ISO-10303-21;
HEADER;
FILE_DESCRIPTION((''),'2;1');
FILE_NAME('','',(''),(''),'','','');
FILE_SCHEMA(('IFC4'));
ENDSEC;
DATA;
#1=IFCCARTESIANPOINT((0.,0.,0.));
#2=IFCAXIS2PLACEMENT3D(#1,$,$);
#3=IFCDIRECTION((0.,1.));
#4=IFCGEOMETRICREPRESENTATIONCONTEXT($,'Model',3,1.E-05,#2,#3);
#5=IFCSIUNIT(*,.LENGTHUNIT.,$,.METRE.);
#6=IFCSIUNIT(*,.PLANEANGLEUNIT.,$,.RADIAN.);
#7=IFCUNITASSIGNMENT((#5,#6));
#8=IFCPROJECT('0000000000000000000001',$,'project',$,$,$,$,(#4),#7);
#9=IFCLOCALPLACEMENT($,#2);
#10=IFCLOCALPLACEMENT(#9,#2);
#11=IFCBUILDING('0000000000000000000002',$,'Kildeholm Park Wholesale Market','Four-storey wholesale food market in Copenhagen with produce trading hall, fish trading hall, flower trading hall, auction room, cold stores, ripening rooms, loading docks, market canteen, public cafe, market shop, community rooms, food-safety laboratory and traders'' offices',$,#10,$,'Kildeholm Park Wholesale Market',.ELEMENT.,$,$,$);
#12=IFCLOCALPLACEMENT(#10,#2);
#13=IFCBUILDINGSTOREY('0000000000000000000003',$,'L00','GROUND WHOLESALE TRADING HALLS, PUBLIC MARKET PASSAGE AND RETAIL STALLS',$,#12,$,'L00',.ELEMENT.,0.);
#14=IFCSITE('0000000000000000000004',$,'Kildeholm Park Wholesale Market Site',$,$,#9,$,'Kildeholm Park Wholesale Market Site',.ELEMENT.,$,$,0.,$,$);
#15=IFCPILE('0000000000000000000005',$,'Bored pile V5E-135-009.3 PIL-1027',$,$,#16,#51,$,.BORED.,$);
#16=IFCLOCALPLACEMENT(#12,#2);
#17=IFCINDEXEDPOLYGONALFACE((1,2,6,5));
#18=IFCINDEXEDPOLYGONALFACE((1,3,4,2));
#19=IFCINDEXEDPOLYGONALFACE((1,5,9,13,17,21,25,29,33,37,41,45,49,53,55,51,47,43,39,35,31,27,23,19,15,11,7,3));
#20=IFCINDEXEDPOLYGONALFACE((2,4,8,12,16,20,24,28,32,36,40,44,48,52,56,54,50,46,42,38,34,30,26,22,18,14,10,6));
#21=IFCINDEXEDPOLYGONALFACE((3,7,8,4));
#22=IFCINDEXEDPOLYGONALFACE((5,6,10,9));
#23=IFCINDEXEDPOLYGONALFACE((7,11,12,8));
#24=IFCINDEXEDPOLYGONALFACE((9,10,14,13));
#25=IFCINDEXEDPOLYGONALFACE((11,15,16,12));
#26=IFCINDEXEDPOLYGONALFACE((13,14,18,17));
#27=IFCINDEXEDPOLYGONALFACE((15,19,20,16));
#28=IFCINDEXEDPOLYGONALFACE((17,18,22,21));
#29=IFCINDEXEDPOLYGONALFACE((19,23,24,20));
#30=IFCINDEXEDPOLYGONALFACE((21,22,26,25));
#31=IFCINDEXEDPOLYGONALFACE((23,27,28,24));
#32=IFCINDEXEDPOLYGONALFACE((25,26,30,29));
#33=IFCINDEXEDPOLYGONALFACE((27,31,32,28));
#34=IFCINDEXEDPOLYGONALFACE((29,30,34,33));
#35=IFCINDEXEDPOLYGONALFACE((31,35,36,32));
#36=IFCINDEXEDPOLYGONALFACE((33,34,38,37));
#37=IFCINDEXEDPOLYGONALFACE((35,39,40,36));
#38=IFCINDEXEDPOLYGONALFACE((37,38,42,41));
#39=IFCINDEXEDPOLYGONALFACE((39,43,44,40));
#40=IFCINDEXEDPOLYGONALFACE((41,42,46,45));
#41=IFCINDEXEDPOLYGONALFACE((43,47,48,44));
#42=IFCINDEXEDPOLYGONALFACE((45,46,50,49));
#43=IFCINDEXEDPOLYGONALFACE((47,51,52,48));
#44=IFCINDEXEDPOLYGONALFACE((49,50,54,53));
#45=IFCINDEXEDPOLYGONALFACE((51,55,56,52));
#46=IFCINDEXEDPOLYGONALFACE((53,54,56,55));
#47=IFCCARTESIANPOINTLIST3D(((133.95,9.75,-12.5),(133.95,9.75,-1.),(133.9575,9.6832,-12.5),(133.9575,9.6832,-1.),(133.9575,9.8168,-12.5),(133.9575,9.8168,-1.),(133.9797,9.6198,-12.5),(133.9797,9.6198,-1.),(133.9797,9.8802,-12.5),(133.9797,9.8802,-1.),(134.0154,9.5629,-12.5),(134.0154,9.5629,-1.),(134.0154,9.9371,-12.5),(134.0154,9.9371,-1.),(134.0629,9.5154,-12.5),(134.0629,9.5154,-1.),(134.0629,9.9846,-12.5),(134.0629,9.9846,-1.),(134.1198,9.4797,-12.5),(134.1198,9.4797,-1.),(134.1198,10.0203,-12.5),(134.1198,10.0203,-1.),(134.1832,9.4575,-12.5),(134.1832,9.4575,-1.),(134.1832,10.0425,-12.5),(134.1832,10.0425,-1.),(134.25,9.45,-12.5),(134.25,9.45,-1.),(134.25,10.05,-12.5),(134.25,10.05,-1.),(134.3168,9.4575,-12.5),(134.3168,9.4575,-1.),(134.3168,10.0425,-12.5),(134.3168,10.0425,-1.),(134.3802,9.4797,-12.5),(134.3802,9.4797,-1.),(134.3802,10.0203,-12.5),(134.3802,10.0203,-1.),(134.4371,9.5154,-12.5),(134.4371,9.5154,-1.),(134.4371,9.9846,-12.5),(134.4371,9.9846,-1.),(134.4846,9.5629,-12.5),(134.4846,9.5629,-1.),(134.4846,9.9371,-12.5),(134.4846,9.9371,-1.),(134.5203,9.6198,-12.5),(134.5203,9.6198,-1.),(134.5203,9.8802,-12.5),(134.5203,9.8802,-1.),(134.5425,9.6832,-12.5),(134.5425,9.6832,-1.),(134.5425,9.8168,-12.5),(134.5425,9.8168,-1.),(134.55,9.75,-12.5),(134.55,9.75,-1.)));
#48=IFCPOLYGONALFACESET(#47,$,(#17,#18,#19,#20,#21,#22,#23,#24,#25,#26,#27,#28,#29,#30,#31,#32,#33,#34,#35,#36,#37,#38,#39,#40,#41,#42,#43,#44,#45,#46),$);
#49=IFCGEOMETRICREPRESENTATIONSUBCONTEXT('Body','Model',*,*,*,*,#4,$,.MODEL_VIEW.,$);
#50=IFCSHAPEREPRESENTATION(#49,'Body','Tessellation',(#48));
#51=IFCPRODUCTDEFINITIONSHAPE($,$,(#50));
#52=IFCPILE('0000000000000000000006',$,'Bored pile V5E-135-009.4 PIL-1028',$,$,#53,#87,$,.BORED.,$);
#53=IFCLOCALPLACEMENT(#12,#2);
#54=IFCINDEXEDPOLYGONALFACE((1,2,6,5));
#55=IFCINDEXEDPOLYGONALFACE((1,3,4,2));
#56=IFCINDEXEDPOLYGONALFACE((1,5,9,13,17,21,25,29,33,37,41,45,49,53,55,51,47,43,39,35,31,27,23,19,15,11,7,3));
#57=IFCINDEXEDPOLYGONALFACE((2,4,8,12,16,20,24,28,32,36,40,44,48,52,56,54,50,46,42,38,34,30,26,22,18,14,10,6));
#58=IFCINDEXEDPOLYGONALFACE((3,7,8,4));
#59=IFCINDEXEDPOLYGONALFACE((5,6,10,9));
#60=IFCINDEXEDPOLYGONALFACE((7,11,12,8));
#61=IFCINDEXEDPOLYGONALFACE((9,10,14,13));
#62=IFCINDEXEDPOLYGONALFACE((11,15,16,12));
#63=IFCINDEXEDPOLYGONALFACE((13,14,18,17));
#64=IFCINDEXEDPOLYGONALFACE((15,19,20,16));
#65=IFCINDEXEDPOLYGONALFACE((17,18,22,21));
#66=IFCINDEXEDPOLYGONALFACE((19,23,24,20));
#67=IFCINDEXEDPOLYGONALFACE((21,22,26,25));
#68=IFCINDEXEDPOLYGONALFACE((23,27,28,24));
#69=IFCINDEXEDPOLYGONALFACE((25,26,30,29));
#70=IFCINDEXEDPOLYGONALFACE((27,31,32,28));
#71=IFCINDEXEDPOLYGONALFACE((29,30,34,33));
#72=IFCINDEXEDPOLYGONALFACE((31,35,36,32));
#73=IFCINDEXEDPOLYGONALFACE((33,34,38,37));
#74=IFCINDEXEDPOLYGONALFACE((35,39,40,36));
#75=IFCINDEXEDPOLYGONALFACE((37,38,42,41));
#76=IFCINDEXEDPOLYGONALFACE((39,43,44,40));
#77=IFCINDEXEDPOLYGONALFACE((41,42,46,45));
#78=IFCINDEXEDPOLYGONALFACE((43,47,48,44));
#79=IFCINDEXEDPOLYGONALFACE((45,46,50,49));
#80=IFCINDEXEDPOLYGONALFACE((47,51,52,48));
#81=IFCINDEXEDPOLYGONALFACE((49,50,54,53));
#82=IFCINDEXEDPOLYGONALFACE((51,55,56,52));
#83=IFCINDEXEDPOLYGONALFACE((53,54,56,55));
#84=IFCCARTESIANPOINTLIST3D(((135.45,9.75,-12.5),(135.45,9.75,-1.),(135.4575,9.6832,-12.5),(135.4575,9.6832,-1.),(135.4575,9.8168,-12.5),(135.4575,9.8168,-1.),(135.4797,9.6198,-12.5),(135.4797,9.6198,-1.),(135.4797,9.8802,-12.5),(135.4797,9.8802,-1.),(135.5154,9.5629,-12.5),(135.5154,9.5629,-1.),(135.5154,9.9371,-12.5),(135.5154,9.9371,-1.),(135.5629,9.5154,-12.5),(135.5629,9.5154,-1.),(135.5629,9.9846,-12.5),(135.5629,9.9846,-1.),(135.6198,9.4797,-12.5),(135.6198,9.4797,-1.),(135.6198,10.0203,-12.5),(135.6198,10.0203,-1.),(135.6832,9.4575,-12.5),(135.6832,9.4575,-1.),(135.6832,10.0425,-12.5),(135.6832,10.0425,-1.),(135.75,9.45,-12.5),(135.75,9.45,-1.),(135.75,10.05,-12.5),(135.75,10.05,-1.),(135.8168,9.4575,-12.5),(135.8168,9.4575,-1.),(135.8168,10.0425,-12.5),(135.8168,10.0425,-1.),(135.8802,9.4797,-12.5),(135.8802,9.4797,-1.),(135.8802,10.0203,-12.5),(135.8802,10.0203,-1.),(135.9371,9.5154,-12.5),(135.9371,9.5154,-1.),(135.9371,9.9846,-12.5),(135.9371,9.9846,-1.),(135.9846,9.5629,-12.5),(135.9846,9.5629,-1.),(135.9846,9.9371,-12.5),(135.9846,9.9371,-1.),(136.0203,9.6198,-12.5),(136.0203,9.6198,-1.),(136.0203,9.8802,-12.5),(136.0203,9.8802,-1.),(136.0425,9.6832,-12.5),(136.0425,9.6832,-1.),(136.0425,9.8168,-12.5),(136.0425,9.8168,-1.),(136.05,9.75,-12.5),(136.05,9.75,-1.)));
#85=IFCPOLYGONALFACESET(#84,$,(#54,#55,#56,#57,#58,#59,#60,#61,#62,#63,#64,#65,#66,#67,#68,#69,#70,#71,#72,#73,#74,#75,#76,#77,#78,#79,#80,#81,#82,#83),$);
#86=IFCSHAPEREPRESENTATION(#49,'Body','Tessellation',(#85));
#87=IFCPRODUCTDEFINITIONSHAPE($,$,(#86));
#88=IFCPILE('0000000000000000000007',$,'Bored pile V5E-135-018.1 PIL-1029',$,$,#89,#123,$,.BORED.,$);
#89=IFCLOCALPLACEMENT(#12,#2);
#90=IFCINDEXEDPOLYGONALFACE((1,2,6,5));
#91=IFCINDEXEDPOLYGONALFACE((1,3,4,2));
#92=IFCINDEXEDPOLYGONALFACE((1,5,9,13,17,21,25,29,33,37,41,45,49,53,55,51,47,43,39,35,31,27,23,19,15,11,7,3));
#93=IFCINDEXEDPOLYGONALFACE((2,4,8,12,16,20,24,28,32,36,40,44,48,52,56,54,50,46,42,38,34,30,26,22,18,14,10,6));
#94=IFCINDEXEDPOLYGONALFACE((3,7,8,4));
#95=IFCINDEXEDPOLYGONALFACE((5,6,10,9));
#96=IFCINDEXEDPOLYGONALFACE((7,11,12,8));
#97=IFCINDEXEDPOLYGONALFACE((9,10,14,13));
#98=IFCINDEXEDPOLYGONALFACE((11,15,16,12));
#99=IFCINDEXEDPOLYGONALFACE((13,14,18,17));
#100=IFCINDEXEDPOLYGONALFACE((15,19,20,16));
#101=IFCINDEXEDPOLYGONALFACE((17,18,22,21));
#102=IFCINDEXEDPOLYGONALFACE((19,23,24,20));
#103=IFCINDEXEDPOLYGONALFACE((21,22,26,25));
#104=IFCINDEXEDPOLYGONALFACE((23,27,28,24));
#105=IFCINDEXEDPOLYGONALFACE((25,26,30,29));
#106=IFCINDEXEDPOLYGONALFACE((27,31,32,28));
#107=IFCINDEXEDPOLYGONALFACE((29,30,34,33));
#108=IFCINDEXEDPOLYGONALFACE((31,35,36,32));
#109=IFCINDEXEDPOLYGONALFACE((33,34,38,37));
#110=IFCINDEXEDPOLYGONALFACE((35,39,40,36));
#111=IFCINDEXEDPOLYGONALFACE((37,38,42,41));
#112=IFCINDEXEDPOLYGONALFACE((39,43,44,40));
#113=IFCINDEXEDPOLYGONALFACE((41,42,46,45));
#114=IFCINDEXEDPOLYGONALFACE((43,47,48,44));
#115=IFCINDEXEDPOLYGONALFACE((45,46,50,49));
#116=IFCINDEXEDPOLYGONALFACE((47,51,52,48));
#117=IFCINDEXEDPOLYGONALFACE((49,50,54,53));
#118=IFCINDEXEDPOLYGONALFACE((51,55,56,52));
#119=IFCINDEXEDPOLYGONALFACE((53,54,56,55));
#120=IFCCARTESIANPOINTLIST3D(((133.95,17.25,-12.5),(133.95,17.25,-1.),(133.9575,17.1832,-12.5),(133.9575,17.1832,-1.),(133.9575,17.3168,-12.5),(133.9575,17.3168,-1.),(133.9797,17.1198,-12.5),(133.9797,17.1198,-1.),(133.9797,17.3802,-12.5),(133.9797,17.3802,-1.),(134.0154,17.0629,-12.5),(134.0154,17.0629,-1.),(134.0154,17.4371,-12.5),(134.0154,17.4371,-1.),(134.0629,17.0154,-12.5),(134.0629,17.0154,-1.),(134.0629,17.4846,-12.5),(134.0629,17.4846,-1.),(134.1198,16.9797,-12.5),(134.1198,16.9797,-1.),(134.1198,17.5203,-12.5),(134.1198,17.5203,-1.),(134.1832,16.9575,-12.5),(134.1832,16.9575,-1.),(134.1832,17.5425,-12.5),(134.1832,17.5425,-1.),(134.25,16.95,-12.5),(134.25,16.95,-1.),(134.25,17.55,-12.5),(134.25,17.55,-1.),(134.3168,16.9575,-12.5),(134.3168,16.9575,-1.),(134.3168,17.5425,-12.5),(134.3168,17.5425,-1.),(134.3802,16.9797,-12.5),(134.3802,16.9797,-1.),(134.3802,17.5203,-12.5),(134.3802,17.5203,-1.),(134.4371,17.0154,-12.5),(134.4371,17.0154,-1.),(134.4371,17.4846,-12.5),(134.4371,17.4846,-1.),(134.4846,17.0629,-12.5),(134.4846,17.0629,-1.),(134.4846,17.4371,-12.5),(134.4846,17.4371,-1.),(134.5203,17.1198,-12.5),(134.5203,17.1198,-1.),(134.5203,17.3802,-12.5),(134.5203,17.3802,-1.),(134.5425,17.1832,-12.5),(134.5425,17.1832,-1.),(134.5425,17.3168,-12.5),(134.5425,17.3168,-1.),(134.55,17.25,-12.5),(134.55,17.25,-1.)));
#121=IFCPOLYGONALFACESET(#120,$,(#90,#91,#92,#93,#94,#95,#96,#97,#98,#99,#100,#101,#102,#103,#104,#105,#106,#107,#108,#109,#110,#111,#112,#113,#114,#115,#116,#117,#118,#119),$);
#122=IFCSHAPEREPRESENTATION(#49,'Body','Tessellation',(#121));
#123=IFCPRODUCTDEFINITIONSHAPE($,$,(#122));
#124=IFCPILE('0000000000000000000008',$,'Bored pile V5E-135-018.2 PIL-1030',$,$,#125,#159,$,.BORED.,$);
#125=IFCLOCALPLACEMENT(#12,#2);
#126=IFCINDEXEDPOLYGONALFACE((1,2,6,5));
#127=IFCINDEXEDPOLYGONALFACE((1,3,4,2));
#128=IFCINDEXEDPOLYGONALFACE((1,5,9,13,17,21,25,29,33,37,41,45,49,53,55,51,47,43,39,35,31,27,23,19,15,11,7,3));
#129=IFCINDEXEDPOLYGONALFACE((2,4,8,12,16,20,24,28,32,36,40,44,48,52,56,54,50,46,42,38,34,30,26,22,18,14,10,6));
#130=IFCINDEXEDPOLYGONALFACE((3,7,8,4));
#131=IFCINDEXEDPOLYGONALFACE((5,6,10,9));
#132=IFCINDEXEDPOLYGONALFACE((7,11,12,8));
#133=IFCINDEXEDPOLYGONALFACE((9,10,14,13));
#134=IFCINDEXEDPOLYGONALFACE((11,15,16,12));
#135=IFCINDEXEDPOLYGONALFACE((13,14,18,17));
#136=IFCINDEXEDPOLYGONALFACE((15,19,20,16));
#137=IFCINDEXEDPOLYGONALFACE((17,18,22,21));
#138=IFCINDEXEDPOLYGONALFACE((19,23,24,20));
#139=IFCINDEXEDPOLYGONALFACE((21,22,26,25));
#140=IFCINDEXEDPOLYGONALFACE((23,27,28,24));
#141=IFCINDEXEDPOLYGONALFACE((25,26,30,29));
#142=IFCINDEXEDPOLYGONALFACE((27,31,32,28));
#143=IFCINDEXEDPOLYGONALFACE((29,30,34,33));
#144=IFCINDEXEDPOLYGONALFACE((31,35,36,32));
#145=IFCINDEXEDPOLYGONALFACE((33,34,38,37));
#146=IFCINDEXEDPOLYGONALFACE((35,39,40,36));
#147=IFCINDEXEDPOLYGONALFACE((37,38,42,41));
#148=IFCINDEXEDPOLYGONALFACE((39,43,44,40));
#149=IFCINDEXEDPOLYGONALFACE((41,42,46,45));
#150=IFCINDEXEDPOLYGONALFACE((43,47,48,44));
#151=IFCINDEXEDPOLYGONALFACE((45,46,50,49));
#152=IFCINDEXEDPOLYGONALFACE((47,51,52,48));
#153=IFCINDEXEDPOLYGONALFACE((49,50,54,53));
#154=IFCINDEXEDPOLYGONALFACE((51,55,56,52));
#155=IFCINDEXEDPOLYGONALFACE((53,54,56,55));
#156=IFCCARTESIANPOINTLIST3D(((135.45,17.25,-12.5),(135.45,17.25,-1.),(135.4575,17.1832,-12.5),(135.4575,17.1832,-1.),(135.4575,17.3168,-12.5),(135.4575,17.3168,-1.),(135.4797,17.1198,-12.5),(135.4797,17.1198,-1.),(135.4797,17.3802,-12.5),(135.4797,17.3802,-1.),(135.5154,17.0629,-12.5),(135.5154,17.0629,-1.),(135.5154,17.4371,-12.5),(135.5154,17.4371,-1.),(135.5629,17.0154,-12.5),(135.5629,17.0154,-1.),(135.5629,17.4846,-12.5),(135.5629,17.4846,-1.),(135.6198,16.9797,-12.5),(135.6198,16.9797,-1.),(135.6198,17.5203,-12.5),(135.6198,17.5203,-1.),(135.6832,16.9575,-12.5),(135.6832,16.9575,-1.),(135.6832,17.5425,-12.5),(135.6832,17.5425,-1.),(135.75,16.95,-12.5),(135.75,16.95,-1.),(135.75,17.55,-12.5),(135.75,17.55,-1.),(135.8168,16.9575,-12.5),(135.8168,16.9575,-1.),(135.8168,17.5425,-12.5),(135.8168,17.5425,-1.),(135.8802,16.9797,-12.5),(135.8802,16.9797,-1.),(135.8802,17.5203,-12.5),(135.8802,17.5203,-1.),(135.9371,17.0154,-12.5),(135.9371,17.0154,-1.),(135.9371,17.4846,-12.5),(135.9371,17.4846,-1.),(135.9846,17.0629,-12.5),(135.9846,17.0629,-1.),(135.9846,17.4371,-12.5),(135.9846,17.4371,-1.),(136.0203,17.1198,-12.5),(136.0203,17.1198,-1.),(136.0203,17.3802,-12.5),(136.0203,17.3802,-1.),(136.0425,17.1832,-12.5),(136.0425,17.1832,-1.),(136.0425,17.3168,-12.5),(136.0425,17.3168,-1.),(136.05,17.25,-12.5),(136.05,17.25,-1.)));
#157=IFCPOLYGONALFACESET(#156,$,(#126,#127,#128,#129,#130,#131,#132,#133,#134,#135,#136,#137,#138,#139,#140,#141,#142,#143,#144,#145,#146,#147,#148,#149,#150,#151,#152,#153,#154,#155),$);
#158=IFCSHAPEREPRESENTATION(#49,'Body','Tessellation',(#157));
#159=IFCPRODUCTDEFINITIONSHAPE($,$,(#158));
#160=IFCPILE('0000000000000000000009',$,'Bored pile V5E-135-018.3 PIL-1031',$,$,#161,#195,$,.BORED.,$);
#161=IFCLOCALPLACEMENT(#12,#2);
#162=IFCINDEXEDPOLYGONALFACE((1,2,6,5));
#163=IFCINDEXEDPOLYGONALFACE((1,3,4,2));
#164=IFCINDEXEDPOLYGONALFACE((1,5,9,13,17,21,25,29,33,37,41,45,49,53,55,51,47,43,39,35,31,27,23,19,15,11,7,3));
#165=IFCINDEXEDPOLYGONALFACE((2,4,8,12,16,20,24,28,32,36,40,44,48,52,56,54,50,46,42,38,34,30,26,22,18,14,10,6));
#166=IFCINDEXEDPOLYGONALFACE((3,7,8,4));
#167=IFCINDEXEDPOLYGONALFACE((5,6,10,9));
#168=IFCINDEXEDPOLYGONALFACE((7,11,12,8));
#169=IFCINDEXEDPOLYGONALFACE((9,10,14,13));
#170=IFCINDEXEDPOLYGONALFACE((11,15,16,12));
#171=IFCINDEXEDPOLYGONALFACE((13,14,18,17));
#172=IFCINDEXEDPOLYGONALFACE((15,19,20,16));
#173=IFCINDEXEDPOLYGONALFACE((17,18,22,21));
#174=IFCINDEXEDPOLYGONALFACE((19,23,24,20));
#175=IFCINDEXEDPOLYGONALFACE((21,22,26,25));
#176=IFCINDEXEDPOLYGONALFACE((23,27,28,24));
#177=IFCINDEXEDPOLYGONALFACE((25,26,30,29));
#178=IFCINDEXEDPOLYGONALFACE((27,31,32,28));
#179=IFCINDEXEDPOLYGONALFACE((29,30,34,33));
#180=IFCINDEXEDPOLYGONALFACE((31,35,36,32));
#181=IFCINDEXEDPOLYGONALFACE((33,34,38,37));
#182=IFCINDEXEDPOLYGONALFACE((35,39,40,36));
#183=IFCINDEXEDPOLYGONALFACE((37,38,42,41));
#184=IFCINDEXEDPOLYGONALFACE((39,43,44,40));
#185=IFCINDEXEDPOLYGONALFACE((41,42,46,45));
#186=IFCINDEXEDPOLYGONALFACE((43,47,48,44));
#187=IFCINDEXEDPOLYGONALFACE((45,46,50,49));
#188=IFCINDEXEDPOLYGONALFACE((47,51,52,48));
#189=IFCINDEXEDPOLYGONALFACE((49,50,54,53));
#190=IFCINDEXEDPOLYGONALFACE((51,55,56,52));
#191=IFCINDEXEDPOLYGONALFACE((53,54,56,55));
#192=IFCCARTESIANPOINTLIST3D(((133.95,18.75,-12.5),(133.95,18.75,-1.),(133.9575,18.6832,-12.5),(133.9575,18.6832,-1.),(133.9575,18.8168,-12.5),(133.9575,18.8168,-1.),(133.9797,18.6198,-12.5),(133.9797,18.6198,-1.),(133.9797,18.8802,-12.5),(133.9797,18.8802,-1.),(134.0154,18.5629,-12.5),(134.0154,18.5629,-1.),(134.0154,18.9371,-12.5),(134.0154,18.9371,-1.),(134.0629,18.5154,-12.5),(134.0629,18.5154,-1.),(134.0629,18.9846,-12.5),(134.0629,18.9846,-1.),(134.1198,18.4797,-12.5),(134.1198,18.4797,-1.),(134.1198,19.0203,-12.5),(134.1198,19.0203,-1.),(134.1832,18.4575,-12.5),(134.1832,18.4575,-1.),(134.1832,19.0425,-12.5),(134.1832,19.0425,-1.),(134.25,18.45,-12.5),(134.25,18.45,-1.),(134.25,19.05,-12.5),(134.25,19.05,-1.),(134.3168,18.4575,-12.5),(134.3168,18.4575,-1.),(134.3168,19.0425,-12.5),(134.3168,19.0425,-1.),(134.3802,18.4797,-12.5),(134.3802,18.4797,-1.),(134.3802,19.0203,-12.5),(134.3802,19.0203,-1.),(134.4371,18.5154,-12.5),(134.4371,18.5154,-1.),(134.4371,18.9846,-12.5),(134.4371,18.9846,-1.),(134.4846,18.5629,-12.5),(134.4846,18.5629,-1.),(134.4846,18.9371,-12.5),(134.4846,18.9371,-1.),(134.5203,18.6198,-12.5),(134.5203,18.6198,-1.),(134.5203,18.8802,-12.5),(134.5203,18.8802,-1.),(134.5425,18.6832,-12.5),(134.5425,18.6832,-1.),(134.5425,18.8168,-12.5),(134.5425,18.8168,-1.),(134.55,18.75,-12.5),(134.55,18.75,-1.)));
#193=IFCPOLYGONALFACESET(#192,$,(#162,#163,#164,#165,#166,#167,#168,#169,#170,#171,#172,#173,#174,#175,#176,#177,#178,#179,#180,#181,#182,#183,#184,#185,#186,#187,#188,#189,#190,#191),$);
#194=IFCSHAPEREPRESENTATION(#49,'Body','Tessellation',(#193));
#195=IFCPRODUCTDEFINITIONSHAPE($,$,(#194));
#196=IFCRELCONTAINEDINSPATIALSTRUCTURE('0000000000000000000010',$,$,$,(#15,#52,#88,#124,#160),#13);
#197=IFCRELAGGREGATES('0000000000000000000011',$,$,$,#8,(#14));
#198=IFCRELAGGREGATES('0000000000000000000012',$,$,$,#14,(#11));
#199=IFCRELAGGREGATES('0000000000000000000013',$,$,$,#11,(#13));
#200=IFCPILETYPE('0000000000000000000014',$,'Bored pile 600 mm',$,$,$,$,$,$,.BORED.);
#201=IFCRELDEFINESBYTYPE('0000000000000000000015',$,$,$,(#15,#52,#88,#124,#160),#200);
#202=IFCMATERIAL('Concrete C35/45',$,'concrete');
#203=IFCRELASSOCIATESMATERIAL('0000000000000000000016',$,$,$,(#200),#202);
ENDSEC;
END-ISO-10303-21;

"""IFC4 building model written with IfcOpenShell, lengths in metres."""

from ifc_helpers import new_model, si_unit, direction, frame, origin, origin_2d, place, context, subcontext, project, spatial, circle, extrude, material, material_profile, profile_set, type_object, element, save


model = new_model("IFC4")

# Units and contexts
model_context = context("Model", 3, precision=1e-05, world=origin(), true_north=direction((0.0, 1.0)))
body_context = subcontext(model_context, "Body", "Model", "MODEL_VIEW")
ifc_project = project(units=[si_unit("LENGTHUNIT", "METRE"), si_unit("PLANEANGLEUNIT", "RADIAN")], contexts=[model_context])

# Site, building, storey
site_placement = place(None, origin())
site = spatial("IfcSite", under=ifc_project, at=site_placement, Name="Kildeholm Park Wholesale Market Site", LongName="Kildeholm Park Wholesale Market Site", CompositionType="ELEMENT", RefElevation=0.0)
building_placement = place(site_placement, origin())
building = spatial("IfcBuilding", under=site, at=building_placement, Name="Kildeholm Park Wholesale Market", Description="Four-storey wholesale food market in Copenhagen with produce trading hall, fish trading hall, flower trading hall, auction room, cold stores, ripening rooms, loading docks, market canteen, public cafe, market shop, community rooms, food-safety laboratory and traders' offices", LongName="Kildeholm Park Wholesale Market", CompositionType="ELEMENT")
storey_placement = place(building_placement, origin())
storey = spatial("IfcBuildingStorey", under=building, at=storey_placement, Name="L00", Description="GROUND WHOLESALE TRADING HALLS, PUBLIC MARKET PASSAGE AND RETAIL STALLS", LongName="L00", CompositionType="ELEMENT", Elevation=0.0)

# Piles
ifc_material_1 = material(Name="Concrete C35/45", Category="concrete")
ifc_material_profile_1 = material_profile(ifc_material_1, circle(Radius=0.3, at=origin_2d()), Name="PILE D600")
ifc_profile_set_1 = profile_set([ifc_material_profile_1], Name="Concrete C35/45")
pile_type = type_object("IfcPileType", Name="Bored pile 600 mm", PredefinedType="BORED", material=ifc_profile_set_1)
for number, where, z_axis, x_axis, name in (
    (1, (134.25, 9.75, -1.0), (0.0, 0.0, -1.0), (1.0, 0.0, 0.0), "Bored pile V5E-135-009.3 PIL-1027"),
    (2, (135.75, 9.75, -1.0), (0.0, 0.0, -1.0), (1.0, 0.0, 0.0), "Bored pile V5E-135-009.4 PIL-1028"),
    (3, (134.25, 17.25, -1.0), (0.0, 0.0, -1.0), (1.0, 0.0, 0.0), "Bored pile V5E-135-018.1 PIL-1029"),
    (4, (135.75, 17.25, -1.0), (0.0, 0.0, -1.0), (1.0, 0.0, 0.0), "Bored pile V5E-135-018.2 PIL-1030"),
    (5, (134.25, 18.75, -1.0), (0.0, 0.0, -1.0), (1.0, 0.0, 0.0), "Bored pile V5E-135-018.3 PIL-1031"),
):
    element("IfcPile", number, at=place(storey_placement, frame(where, z_axis=z_axis, x_axis=x_axis)), inside=storey, type_object=pile_type, Name=name, PredefinedType="BORED", context=body_context, shape_type="SweptSolid", body=[
        extrude(circle(Radius=0.3, at=origin_2d()), origin(), (0.0, 0.0, 1.0), 11.5),
    ])

save(model, "model.ifc")
